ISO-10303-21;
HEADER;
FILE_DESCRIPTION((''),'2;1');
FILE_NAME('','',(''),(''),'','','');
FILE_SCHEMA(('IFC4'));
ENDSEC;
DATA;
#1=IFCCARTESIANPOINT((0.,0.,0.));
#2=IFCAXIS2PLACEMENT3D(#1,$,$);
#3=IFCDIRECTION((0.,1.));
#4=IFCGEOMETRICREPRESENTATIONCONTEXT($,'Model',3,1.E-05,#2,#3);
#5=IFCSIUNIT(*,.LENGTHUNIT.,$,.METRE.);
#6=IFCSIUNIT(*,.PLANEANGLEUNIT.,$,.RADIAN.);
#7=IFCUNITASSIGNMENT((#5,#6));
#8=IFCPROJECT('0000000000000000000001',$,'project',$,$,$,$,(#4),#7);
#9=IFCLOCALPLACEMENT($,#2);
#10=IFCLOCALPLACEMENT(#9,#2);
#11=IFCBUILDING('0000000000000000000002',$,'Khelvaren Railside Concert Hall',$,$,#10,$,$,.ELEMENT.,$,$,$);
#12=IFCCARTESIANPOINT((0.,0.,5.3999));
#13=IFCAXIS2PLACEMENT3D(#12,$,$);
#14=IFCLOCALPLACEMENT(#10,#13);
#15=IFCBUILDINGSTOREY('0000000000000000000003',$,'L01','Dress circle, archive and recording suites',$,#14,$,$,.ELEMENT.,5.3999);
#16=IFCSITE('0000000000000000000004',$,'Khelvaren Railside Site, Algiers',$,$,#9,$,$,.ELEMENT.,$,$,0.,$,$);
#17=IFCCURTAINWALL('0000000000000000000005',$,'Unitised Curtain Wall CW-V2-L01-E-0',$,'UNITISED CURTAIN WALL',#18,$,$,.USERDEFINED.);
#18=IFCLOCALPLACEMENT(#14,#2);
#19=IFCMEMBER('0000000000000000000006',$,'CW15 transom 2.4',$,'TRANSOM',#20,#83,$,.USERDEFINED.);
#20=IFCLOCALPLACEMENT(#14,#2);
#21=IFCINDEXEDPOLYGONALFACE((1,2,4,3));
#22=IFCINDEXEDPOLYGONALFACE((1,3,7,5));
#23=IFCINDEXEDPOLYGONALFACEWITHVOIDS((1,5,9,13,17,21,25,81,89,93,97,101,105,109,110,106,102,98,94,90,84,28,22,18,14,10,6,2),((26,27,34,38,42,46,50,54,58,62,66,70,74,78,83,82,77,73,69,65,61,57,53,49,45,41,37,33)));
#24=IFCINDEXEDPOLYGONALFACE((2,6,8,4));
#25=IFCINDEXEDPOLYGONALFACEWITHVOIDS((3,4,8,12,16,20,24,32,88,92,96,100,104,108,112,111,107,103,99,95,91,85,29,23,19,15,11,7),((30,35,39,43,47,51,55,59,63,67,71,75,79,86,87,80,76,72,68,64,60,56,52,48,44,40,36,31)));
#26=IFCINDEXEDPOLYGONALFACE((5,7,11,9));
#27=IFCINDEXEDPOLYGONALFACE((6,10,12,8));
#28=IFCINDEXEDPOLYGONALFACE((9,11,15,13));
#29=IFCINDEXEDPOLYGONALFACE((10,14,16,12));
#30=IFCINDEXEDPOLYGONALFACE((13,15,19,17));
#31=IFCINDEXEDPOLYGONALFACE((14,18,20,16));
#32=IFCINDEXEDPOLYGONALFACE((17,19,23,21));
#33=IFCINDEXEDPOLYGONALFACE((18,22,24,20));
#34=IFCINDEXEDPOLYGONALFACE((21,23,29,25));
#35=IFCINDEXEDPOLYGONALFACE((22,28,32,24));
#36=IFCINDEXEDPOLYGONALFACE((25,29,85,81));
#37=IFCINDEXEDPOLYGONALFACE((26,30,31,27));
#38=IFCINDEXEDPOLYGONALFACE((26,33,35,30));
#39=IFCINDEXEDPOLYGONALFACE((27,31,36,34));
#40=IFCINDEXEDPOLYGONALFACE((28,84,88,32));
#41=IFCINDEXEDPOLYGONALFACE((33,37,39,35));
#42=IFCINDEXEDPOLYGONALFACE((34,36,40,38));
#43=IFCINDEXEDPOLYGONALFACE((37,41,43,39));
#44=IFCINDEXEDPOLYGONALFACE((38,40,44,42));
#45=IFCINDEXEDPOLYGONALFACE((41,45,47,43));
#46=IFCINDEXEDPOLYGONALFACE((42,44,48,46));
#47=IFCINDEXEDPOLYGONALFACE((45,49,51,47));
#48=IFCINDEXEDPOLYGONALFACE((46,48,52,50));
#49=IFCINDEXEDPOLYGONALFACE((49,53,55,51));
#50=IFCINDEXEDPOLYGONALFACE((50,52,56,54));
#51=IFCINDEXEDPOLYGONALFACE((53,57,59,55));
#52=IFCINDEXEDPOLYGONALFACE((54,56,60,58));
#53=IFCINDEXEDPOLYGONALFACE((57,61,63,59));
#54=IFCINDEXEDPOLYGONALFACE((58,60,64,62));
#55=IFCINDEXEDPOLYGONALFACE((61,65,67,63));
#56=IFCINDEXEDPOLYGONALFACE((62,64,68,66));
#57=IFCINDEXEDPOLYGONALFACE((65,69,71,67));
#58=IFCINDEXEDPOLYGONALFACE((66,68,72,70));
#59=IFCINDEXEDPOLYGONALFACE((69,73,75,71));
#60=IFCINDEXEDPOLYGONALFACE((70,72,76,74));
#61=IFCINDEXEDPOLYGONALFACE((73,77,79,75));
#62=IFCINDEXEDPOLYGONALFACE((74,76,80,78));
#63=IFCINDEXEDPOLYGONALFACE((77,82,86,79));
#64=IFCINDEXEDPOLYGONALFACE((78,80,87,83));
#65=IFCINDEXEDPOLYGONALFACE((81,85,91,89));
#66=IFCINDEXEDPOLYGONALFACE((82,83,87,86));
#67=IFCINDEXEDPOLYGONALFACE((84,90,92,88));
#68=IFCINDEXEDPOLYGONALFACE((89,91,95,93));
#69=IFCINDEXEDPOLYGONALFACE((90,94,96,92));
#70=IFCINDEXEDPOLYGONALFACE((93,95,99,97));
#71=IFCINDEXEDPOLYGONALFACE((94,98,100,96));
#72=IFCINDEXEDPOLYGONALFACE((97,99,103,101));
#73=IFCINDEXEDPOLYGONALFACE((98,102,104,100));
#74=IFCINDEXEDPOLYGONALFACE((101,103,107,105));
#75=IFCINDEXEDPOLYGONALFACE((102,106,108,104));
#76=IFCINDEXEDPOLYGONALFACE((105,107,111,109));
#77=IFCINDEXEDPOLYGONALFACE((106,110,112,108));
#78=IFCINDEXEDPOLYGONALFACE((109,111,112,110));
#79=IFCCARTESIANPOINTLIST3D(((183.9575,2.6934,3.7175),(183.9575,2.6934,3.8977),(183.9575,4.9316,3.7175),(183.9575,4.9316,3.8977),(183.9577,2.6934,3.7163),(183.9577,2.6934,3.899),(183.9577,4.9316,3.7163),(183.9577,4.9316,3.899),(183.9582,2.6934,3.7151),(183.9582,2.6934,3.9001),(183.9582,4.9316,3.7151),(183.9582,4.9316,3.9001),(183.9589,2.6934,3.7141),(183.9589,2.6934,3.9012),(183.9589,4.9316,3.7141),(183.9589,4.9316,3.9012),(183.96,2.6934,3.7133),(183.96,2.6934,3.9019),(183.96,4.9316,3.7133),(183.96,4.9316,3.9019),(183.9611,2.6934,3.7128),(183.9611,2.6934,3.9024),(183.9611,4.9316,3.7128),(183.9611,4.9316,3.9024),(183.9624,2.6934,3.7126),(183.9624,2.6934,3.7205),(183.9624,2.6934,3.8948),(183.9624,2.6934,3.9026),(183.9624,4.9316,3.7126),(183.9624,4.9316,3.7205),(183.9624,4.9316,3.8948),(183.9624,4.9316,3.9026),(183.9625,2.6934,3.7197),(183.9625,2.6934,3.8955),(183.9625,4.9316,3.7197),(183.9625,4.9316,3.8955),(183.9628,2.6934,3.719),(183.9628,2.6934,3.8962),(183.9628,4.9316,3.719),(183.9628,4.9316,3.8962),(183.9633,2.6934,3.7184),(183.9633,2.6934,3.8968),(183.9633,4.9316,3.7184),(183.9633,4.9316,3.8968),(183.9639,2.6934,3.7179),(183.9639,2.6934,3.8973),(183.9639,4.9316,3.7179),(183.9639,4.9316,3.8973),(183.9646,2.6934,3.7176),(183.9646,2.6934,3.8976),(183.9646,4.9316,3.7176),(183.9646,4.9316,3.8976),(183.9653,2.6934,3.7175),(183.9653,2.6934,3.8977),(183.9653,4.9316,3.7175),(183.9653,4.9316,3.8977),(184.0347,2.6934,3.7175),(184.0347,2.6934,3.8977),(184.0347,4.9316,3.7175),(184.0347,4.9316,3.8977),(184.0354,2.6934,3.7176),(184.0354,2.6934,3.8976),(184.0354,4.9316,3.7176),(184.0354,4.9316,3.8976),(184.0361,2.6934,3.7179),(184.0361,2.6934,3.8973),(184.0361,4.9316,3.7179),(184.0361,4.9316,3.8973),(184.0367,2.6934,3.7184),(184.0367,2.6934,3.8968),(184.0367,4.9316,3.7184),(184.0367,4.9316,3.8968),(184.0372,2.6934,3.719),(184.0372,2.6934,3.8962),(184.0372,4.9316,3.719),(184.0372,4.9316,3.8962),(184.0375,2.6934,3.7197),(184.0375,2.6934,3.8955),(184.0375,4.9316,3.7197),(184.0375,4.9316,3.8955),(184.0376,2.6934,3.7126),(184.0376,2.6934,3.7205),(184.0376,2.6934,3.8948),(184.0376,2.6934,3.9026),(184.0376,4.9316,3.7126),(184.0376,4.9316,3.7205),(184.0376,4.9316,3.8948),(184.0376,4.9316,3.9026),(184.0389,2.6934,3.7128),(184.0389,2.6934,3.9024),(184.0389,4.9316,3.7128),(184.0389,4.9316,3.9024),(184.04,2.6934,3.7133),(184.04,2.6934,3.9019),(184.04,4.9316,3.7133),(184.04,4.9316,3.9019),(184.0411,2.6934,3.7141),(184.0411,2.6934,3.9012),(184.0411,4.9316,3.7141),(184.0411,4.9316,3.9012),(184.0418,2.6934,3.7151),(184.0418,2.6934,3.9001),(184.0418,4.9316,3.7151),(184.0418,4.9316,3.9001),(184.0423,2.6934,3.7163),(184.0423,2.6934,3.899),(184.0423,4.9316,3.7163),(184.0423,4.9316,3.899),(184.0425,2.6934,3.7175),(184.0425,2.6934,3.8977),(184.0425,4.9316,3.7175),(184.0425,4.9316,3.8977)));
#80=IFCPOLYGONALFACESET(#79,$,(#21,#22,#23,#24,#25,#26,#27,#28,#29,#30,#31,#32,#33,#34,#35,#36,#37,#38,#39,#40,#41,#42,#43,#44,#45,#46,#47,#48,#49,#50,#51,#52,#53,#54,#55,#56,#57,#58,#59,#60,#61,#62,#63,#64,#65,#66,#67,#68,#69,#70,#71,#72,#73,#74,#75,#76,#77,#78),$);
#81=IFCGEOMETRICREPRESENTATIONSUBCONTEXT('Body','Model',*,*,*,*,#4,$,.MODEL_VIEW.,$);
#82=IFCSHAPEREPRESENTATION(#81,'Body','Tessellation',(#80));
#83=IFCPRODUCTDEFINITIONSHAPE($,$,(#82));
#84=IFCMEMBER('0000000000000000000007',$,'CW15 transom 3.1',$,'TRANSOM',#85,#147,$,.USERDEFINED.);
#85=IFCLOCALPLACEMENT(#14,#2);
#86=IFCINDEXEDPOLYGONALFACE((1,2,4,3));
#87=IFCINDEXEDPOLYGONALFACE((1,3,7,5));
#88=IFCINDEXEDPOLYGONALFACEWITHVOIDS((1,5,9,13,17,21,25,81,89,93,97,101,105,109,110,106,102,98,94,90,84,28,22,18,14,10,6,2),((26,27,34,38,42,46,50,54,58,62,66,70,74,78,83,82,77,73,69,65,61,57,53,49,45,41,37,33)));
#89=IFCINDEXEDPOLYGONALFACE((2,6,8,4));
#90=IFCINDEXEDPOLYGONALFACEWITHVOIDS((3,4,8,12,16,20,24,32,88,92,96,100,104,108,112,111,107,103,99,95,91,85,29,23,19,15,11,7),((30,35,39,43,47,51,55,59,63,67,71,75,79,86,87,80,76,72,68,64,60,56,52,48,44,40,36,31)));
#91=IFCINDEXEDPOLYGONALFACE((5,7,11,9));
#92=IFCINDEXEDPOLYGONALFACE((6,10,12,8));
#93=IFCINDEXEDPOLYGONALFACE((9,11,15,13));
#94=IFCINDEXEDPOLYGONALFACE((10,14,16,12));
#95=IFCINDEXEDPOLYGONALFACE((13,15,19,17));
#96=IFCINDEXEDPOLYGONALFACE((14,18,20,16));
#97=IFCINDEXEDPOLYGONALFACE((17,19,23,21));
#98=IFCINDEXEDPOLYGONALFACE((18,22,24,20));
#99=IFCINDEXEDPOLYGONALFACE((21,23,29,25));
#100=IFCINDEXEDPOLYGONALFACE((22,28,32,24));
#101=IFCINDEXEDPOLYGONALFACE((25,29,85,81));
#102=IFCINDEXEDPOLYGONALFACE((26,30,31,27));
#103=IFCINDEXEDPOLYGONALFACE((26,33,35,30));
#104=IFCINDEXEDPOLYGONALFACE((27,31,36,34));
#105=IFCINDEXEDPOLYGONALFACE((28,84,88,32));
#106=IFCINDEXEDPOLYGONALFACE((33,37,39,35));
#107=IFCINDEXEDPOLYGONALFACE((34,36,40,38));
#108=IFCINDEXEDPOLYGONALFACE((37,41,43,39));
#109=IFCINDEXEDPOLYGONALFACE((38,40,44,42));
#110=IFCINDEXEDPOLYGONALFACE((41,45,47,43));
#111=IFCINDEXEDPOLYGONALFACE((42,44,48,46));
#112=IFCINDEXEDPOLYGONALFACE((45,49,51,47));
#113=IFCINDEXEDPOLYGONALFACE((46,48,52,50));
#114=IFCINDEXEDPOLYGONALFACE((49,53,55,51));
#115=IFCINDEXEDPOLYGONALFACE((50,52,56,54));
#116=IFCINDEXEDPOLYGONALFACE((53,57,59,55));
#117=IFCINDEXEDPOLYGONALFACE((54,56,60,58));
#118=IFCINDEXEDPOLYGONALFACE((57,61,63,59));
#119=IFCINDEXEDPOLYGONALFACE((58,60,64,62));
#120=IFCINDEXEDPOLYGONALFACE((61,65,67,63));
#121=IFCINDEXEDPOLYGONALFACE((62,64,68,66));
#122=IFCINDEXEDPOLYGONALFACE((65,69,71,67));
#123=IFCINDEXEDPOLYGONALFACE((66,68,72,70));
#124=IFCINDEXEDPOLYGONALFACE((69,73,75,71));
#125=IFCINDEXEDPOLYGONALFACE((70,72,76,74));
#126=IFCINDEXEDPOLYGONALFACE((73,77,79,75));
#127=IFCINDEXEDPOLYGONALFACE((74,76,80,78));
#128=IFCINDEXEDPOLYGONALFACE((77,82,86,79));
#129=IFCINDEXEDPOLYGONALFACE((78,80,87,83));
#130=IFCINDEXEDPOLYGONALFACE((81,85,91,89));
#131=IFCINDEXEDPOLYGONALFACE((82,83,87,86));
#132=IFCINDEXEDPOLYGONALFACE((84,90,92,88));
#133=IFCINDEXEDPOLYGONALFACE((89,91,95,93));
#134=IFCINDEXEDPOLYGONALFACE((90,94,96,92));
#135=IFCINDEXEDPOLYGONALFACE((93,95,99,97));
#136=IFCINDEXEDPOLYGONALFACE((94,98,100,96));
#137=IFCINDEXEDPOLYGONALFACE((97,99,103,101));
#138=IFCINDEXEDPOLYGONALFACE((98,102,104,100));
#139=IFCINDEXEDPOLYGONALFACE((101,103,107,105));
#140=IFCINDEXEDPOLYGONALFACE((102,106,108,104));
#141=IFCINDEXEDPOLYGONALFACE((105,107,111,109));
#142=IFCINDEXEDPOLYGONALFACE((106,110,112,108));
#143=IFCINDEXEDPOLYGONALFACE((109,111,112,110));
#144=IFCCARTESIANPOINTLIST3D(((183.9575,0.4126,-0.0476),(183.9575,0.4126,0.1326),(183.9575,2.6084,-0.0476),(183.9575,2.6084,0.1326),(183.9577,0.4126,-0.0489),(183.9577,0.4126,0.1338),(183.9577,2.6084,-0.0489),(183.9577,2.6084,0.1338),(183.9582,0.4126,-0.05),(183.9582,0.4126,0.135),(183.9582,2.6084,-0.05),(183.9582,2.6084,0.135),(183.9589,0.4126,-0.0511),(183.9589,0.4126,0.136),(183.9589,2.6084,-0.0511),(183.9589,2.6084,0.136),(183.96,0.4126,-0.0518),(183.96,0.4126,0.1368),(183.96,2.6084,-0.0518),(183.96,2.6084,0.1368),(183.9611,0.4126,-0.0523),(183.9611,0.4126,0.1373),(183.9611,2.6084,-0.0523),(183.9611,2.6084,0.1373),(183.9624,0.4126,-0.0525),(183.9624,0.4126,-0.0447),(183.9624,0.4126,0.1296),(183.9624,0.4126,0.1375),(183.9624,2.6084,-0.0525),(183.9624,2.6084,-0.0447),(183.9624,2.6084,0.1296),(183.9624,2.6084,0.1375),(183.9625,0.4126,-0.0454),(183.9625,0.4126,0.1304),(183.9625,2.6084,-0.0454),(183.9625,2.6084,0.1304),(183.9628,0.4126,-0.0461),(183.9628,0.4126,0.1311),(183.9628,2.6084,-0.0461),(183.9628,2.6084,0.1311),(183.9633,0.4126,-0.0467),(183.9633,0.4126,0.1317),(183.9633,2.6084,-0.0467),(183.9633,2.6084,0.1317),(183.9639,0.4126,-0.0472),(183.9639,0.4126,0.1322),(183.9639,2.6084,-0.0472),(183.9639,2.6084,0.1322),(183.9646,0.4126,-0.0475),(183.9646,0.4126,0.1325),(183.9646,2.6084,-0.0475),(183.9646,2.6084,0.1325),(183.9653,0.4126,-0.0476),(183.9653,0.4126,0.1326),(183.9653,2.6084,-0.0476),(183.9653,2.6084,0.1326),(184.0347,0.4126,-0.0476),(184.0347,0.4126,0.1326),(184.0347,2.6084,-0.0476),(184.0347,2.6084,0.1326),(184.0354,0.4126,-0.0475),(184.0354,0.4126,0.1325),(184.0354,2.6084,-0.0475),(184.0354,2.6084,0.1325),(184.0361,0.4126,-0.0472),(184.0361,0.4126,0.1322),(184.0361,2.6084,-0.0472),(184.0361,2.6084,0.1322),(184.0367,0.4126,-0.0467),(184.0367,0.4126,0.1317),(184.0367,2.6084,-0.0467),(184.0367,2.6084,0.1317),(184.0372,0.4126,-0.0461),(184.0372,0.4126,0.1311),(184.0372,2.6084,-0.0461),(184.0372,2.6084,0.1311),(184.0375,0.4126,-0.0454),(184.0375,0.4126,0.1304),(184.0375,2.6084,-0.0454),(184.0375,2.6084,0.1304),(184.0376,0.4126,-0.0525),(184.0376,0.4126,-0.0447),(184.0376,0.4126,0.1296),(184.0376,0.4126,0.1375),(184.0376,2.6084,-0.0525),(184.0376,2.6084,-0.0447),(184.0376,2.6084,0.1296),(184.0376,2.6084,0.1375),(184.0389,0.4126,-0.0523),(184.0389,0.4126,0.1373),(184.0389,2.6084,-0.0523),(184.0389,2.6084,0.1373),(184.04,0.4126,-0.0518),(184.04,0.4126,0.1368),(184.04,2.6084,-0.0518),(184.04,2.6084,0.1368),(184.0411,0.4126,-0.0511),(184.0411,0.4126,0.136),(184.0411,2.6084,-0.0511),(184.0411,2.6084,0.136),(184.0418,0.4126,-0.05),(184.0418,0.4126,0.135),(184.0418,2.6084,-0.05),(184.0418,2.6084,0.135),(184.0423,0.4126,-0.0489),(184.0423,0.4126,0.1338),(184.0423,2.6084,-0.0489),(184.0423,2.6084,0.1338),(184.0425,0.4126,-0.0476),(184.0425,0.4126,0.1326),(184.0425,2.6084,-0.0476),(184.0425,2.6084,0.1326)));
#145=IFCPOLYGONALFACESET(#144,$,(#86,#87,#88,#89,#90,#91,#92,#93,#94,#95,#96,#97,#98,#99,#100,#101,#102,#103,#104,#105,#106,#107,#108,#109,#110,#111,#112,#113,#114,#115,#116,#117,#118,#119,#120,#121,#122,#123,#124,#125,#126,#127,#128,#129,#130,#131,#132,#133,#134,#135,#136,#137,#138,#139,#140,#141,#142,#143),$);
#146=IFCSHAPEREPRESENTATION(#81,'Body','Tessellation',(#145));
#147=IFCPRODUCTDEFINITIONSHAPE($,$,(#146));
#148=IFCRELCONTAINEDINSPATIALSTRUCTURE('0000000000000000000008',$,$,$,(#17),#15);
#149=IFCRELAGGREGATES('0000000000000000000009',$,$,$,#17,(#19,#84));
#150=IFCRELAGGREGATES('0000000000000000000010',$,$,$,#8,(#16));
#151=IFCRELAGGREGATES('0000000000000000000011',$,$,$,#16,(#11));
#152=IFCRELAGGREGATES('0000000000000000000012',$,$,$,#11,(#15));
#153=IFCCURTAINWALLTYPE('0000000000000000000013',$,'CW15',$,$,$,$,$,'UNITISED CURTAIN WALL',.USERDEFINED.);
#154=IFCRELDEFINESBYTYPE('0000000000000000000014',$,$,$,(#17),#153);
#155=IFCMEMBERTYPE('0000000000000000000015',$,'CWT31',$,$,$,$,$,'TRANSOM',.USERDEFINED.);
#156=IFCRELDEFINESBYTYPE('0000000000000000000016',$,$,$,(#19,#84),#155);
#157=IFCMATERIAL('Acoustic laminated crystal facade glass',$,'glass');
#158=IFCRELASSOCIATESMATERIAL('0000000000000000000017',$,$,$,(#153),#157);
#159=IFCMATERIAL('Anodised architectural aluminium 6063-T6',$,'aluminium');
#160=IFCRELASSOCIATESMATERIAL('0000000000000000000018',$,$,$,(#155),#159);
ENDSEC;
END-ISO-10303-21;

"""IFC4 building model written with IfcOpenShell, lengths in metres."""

from ifc_helpers import new_model, si_unit, direction, frame, origin, origin_2d, place, context, subcontext, project, spatial, hollow_rectangle, extrude, material, material_profile, profile_set, type_object, element, aggregate, save


model = new_model("IFC4")

# Units and contexts
model_context = context("Model", 3, precision=1e-05, world=origin(), true_north=direction((0.0, 1.0)))
body_context = subcontext(model_context, "Body", "Model", "MODEL_VIEW")
ifc_project = project(units=[si_unit("LENGTHUNIT", "METRE"), si_unit("PLANEANGLEUNIT", "RADIAN")], contexts=[model_context])

# Site, building, storey
site_placement = place(None, origin())
site = spatial("IfcSite", under=ifc_project, at=site_placement, Name="Khelvaren Railside Site, Algiers", CompositionType="ELEMENT", RefElevation=0.0)
building_placement = place(site_placement, origin())
building = spatial("IfcBuilding", under=site, at=building_placement, Name="Khelvaren Railside Concert Hall", CompositionType="ELEMENT")
storey_placement = place(building_placement, frame((0.0, 0.0, 5.3999)))
storey = spatial("IfcBuildingStorey", under=building, at=storey_placement, Name="L01", Description="Dress circle, archive and recording suites", CompositionType="ELEMENT", Elevation=5.3999)

# Shared definitions
ifc_material_1 = material(Name="Acoustic laminated crystal facade glass", Category="glass")
curtain_wall_type = type_object("IfcCurtainWallType", Name="CW15", ElementType="UNITISED CURTAIN WALL", PredefinedType="USERDEFINED", material=ifc_material_1)
ifc_material_2 = material(Name="Anodised architectural aluminium 6063-T6", Category="aluminium")

# Curtain wall
curtain_wall_1_placement = place(storey_placement, origin())
curtain_wall_1 = element("IfcCurtainWall", 1, at=curtain_wall_1_placement, inside=storey, type_object=curtain_wall_type, Name="Unitised Curtain Wall CW-V2-L01-E-0", ObjectType="UNITISED CURTAIN WALL", PredefinedType="USERDEFINED")

# Members
ifc_material_profile_1 = material_profile(ifc_material_2, hollow_rectangle(XDim=0.085, YDim=0.1899, WallThickness=0.0049, InnerFilletRadius=0.0029, OuterFilletRadius=0.0049, at=origin_2d()), Name="CWT 85x190x5")
ifc_profile_set_1 = profile_set([ifc_material_profile_1], Name="Anodised architectural aluminium 6063-T6")
member_type_1 = type_object("IfcMemberType", Name="CWT31", ElementType="TRANSOM", PredefinedType="USERDEFINED", material=ifc_profile_set_1)
member_1_placement = place(storey_placement, frame((184.0, 4.9316, 3.8076), z_axis=(0.0, -1.0, 0.0), x_axis=(1.0, 0.0, 0.0)))
member_1 = element("IfcMember", 2, at=member_1_placement, type_object=member_type_1, Name="CW15 transom 2.4", ObjectType="TRANSOM", PredefinedType="USERDEFINED", context=body_context, shape_type="SweptSolid", body=[
    extrude(hollow_rectangle(XDim=0.085, YDim=0.1899, WallThickness=0.0049, InnerFilletRadius=0.0029, OuterFilletRadius=0.0049, at=origin_2d()), origin(), (0.0, 0.0, 1.0), 2.2383),
])
member_2_placement = place(storey_placement, frame((184.0, 2.6084, 0.0425), z_axis=(0.0, -1.0, 0.0), x_axis=(1.0, 0.0, 0.0)))
member_2 = element("IfcMember", 3, at=member_2_placement, type_object=member_type_1, Name="CW15 transom 3.1", ObjectType="TRANSOM", PredefinedType="USERDEFINED", context=body_context, shape_type="SweptSolid", body=[
    extrude(hollow_rectangle(XDim=0.085, YDim=0.1899, WallThickness=0.0049, InnerFilletRadius=0.0029, OuterFilletRadius=0.0049, at=origin_2d()), origin(), (0.0, 0.0, 1.0), 2.1958),
])

aggregate(curtain_wall_1, [member_1, member_2])

save(model, "model.ifc")
